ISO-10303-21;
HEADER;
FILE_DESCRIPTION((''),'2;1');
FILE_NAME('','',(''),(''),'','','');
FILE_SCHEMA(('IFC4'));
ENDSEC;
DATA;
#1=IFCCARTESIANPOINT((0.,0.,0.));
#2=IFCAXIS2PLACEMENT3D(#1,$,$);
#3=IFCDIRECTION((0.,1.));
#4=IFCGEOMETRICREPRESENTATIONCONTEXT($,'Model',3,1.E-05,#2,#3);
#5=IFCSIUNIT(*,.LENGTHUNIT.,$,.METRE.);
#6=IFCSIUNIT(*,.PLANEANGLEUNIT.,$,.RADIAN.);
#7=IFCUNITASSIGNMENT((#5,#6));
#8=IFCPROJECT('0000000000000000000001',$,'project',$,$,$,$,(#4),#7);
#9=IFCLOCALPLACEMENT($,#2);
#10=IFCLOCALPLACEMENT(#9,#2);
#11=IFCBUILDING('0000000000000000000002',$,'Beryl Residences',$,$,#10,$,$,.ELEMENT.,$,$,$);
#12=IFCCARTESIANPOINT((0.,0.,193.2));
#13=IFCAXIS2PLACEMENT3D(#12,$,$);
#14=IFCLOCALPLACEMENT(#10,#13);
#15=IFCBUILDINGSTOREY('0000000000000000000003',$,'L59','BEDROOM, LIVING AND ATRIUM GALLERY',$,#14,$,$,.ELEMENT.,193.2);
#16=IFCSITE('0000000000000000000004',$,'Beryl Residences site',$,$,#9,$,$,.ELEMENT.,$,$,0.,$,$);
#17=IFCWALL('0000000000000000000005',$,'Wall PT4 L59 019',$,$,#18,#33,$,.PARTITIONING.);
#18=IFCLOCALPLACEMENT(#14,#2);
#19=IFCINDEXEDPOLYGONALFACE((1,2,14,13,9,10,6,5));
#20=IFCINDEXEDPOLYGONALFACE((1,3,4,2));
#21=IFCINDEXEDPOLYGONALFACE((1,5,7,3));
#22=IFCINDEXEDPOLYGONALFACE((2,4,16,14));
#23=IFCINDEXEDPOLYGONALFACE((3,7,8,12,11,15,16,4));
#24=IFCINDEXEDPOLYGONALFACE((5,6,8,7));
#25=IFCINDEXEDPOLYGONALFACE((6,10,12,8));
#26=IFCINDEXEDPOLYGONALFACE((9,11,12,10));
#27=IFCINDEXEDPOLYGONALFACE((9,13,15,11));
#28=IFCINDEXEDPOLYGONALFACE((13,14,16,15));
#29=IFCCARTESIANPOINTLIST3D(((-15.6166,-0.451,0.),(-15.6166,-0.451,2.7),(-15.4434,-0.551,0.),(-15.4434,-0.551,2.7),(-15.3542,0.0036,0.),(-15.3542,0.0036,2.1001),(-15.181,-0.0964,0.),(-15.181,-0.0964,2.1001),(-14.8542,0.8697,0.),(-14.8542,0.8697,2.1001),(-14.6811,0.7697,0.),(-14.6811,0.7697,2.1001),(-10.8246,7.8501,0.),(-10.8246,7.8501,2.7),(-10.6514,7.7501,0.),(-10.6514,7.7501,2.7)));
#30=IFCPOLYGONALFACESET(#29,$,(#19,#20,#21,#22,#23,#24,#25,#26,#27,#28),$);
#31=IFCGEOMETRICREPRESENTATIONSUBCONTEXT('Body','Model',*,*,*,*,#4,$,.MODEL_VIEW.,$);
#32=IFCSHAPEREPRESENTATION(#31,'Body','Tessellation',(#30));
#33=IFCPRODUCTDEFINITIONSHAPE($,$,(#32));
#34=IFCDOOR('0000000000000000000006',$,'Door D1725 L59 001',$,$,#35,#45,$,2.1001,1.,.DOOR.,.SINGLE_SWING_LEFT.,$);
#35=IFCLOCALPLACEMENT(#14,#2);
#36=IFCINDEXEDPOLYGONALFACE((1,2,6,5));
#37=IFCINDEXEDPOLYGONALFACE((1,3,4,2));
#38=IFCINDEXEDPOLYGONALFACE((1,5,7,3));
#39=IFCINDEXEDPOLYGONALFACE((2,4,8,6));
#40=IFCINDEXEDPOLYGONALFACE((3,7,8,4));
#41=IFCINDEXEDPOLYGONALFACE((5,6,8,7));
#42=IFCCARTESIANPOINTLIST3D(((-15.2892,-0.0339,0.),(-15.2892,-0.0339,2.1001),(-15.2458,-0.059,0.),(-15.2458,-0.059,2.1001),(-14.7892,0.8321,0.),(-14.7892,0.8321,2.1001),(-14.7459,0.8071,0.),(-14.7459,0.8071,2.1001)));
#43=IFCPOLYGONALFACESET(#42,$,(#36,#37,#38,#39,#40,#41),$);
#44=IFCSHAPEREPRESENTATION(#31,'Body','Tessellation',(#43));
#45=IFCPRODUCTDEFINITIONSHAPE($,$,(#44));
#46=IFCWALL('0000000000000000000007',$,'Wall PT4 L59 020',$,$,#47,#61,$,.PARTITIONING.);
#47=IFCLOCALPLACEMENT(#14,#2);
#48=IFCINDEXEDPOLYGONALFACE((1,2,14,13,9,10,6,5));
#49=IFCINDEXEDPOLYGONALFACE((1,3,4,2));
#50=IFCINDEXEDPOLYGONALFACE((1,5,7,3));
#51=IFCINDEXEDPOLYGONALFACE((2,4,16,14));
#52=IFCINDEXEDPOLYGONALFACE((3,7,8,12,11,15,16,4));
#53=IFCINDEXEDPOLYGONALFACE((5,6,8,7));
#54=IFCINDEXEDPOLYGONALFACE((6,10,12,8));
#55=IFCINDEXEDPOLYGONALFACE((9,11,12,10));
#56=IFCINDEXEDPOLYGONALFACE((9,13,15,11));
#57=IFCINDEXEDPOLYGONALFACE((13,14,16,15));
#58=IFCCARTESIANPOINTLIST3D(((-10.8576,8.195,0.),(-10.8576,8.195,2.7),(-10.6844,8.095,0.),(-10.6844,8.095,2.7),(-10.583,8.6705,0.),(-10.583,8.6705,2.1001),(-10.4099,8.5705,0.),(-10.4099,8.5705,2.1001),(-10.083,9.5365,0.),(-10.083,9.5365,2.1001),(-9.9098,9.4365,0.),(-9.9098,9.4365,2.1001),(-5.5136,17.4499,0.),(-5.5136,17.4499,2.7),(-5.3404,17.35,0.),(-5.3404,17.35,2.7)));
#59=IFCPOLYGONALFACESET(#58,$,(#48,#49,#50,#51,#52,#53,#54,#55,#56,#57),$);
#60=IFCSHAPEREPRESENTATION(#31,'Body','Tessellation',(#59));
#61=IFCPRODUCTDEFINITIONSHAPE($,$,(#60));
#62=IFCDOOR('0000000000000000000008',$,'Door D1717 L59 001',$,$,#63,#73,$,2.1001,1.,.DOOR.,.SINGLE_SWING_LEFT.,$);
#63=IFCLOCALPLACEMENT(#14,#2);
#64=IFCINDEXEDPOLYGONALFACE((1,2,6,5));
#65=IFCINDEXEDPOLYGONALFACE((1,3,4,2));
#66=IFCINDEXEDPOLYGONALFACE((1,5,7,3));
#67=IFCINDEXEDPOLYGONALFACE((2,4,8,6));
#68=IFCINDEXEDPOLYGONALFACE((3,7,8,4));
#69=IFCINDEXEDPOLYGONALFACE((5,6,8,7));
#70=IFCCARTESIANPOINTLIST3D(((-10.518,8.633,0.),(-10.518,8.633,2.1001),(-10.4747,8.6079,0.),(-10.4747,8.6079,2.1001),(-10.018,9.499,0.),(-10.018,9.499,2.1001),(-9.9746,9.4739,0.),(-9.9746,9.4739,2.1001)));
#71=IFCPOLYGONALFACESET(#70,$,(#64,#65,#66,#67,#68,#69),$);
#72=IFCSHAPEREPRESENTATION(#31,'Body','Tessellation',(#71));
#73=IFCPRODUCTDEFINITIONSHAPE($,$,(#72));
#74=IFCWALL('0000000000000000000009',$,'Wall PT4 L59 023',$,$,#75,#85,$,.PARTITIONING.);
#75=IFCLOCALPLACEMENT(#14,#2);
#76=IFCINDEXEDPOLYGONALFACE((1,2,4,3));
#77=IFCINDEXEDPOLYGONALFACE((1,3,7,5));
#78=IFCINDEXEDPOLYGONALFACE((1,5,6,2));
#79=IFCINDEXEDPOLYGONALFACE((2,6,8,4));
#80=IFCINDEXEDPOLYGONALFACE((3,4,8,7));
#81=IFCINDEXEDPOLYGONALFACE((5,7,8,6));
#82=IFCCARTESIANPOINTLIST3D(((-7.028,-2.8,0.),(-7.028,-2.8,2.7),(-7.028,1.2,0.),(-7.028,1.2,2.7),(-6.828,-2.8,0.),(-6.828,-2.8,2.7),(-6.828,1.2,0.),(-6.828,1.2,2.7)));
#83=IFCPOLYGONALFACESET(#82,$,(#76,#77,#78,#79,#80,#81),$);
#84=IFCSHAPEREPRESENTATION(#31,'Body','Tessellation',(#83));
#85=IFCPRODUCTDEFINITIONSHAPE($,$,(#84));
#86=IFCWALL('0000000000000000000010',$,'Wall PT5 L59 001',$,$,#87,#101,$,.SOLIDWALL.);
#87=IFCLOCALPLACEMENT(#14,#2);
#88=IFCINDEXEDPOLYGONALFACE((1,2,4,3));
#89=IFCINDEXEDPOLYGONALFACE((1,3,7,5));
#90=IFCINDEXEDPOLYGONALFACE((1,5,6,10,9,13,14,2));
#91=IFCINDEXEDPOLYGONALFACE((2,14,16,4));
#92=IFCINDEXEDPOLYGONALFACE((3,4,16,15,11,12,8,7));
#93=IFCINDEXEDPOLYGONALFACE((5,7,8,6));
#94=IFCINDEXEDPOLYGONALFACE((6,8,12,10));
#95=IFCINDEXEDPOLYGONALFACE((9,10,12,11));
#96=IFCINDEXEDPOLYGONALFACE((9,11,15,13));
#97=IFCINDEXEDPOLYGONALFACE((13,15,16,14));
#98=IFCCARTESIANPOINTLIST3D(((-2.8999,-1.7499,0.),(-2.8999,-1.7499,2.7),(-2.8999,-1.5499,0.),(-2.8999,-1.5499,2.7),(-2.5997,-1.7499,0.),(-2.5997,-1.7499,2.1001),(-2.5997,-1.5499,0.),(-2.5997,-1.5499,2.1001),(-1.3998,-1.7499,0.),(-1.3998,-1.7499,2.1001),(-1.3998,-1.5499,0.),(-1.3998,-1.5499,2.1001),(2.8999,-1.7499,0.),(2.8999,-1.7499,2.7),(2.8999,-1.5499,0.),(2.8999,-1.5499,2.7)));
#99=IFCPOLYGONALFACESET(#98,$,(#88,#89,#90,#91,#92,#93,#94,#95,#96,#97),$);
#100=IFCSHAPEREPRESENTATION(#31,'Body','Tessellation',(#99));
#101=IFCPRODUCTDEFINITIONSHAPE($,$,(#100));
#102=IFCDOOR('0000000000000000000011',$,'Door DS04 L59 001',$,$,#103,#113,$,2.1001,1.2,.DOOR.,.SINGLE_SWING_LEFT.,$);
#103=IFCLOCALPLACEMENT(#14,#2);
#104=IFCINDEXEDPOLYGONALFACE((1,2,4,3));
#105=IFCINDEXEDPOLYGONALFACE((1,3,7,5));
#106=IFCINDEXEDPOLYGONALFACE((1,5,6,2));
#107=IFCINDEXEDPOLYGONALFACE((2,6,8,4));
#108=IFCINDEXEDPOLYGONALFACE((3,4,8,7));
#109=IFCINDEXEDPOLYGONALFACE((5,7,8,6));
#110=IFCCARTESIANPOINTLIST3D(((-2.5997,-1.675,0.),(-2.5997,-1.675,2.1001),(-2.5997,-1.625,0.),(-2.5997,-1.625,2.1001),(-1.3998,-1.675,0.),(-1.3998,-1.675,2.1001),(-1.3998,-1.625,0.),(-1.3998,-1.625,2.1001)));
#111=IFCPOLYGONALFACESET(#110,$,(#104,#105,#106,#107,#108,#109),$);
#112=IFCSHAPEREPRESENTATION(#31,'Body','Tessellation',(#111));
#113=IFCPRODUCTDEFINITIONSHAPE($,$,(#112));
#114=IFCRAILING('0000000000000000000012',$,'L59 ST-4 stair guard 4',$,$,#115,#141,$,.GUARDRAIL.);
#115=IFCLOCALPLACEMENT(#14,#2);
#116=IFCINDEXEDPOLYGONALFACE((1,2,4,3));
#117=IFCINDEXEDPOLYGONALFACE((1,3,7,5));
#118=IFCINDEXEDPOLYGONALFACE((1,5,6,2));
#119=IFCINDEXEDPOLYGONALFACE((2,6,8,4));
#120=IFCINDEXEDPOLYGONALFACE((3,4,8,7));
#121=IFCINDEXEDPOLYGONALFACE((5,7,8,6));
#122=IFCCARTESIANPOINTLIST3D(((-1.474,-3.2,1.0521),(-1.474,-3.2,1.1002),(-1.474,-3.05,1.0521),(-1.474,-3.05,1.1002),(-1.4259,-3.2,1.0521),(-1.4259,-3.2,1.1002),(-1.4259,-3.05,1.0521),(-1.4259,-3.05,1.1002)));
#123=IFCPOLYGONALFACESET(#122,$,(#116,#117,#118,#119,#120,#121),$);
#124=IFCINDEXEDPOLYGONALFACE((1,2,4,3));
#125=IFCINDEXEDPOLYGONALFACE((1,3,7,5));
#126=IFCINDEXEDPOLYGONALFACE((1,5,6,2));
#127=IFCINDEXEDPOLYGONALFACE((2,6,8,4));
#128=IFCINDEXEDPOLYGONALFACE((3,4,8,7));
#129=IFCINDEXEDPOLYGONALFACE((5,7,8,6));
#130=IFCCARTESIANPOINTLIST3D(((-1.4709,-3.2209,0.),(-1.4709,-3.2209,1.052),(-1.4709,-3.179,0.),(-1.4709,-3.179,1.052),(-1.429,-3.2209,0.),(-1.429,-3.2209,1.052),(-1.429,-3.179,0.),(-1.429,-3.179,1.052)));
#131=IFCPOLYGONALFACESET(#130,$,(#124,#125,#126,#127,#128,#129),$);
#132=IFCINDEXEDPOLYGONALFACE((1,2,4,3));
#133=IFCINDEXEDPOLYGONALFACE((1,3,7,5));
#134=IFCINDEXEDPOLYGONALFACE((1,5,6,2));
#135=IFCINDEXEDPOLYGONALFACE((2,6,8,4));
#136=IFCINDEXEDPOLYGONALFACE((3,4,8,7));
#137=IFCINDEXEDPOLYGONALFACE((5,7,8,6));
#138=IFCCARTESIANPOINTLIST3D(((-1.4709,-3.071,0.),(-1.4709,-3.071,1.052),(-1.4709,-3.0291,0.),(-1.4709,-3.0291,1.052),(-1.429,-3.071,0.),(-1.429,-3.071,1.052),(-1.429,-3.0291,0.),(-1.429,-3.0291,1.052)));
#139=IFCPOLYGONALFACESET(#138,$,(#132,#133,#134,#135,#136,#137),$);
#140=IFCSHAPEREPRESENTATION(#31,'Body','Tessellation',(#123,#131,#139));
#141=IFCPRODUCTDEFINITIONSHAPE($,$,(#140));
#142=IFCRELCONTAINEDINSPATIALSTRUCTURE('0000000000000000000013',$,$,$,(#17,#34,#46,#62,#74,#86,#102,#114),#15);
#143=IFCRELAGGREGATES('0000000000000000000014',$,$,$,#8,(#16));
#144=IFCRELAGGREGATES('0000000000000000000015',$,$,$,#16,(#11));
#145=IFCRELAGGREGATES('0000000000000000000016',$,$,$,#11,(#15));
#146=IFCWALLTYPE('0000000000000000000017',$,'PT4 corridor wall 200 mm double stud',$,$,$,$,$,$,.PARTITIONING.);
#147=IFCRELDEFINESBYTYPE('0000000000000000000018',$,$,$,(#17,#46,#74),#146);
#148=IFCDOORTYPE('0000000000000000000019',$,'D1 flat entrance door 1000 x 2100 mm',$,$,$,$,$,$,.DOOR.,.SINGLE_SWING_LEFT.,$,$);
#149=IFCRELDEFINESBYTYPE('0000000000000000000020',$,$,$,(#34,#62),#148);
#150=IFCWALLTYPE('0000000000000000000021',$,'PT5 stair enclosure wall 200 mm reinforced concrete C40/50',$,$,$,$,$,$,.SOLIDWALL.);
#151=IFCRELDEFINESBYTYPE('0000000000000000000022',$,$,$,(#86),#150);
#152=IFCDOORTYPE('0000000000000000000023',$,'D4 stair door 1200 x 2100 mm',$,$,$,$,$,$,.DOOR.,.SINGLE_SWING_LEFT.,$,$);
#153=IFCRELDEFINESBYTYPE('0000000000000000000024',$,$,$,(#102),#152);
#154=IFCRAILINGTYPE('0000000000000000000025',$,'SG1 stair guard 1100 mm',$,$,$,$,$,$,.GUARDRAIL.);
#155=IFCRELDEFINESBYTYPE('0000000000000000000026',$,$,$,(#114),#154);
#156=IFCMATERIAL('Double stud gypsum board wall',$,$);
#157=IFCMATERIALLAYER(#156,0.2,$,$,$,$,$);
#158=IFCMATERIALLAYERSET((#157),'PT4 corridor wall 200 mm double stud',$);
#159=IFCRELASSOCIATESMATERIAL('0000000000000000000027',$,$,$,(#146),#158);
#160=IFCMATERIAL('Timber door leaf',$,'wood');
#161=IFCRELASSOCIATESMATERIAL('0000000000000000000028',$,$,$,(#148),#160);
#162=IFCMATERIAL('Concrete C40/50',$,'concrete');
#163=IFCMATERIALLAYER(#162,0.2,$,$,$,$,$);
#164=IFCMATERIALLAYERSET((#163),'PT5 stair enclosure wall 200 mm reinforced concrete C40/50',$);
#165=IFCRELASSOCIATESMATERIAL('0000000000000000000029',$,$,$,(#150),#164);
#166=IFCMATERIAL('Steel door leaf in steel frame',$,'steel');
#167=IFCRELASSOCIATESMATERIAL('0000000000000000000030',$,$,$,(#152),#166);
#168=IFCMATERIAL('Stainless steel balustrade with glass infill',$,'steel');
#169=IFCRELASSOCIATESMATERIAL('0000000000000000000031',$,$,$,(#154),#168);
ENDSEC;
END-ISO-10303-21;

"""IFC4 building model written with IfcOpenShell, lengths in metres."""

from ifc_helpers import new_model, si_unit, direction, frame, frame_2d, origin, origin_2d, place, context, subcontext, project, spatial, rectangle, extrude, material, layer, layer_set, type_object, element, fill, save


model = new_model("IFC4")

# Units and contexts
model_context = context("Model", 3, precision=1e-05, world=origin(), true_north=direction((0.0, 1.0)))
body_context = subcontext(model_context, "Body", "Model", "MODEL_VIEW")
ifc_project = project(units=[si_unit("LENGTHUNIT", "METRE"), si_unit("PLANEANGLEUNIT", "RADIAN")], contexts=[model_context])

# Site, building, storey
site_placement = place(None, origin())
site = spatial("IfcSite", under=ifc_project, at=site_placement, Name="Beryl Residences site", CompositionType="ELEMENT", RefElevation=0.0)
building_placement = place(site_placement, origin())
building = spatial("IfcBuilding", under=site, at=building_placement, Name="Beryl Residences", CompositionType="ELEMENT")
storey_placement = place(building_placement, frame((0.0, 0.0, 193.2)))
storey = spatial("IfcBuildingStorey", under=building, at=storey_placement, Name="L59", Description="BEDROOM, LIVING AND ATRIUM GALLERY", CompositionType="ELEMENT", Elevation=193.2)

# Shared definitions
ifc_material_1 = material(Name="Double stud gypsum board wall")
ifc_layer_1 = layer(ifc_material_1, 0.2)
ifc_layer_set_1 = layer_set([ifc_layer_1], Name="PT4 corridor wall 200 mm double stud")
wall_type_1 = type_object("IfcWallType", Name="PT4 corridor wall 200 mm double stud", PredefinedType="PARTITIONING", material=ifc_layer_set_1)

# Walls, openings, doors
wall_1_placement = place(storey_placement, frame((-15.53, -0.501, 0.0), z_axis=(0.0, 0.0, 1.0), x_axis=(0.499952, 0.866053, 0.0)))
wall_1 = element("IfcWall", 1, at=wall_1_placement, inside=storey, type_object=wall_type_1, Name="Wall PT4 L59 019", PredefinedType="PARTITIONING", context=body_context, shape_type="SweptSolid", body=[
    extrude(rectangle(XDim=9.585, YDim=0.2, at=frame_2d((4.7925, 0.0))), origin(), (0.0, 0.0, 1.0), 2.7),
])
opening_1_placement = place(wall_1_placement, frame((0.5249, 0.0, 0.0)))
opening_1 = element("IfcOpeningElement", 2, at=opening_1_placement, cuts=wall_1, PredefinedType="OPENING", context=body_context, shape_type="SweptSolid", body=[
    extrude(rectangle(XDim=1.0, YDim=2.1001, at=frame_2d((0.5, 1.05))), frame((0.0, 0.1099, 0.0), z_axis=(0.0, -1.0, 0.0), x_axis=(1.0, 0.0, 0.0)), (0.0, 0.0, 1.0), 0.22),
])
ifc_material_2 = material(Name="Timber door leaf", Category="wood")
door_type_1 = type_object("IfcDoorType", Name="D1 flat entrance door 1000 x 2100 mm", OperationType="SINGLE_SWING_LEFT", PredefinedType="DOOR", material=ifc_material_2)
door_1_placement = place(opening_1_placement, origin())
door_1 = element("IfcDoor", 3, at=door_1_placement, inside=storey, type_object=door_type_1, Name="Door D1725 L59 001", OperationType="SINGLE_SWING_LEFT", OverallHeight=2.1001, OverallWidth=1.0, PredefinedType="DOOR", context=body_context, shape_type="SweptSolid", body=[
    extrude(rectangle(XDim=1.0, YDim=2.1001, at=frame_2d((0.5, 1.05))), frame((0.0, 0.0249, 0.0), z_axis=(0.0, -1.0, 0.0), x_axis=(1.0, 0.0, 0.0)), (0.0, 0.0, 1.0), 0.05),
])
fill(opening_1, door_1)
wall_2_placement = place(storey_placement, frame((-10.771, 8.145, 0.0), z_axis=(0.0, 0.0, 1.0), x_axis=(0.500048, 0.865998, 0.0)))
wall_2 = element("IfcWall", 4, at=wall_2_placement, inside=storey, type_object=wall_type_1, Name="Wall PT4 L59 020", PredefinedType="PARTITIONING", context=body_context, shape_type="SweptSolid", body=[
    extrude(rectangle(XDim=10.687, YDim=0.2, at=frame_2d((5.3435, 0.0))), origin(), (0.0, 0.0, 1.0), 2.7),
])
opening_2_placement = place(wall_2_placement, frame((0.5491, 0.0, 0.0)))
opening_2 = element("IfcOpeningElement", 5, at=opening_2_placement, cuts=wall_2, PredefinedType="OPENING", context=body_context, shape_type="SweptSolid", body=[
    extrude(rectangle(XDim=1.0, YDim=2.1001, at=frame_2d((0.5, 1.05))), frame((0.0, 0.1099, 0.0), z_axis=(0.0, -1.0, 0.0), x_axis=(1.0, 0.0, 0.0)), (0.0, 0.0, 1.0), 0.22),
])
door_2_placement = place(opening_2_placement, origin())
door_2 = element("IfcDoor", 6, at=door_2_placement, inside=storey, type_object=door_type_1, Name="Door D1717 L59 001", OperationType="SINGLE_SWING_LEFT", OverallHeight=2.1001, OverallWidth=1.0, PredefinedType="DOOR", context=body_context, shape_type="SweptSolid", body=[
    extrude(rectangle(XDim=1.0, YDim=2.1001, at=frame_2d((0.5, 1.05))), frame((0.0, 0.0249, 0.0), z_axis=(0.0, -1.0, 0.0), x_axis=(1.0, 0.0, 0.0)), (0.0, 0.0, 1.0), 0.05),
])
fill(opening_2, door_2)

# Wall
wall_3_placement = place(storey_placement, frame((-6.928, -2.8, 0.0), z_axis=(0.0, 0.0, 1.0), x_axis=(0.0, 1.0, 0.0)))
element("IfcWall", 7, at=wall_3_placement, inside=storey, type_object=wall_type_1, Name="Wall PT4 L59 023", PredefinedType="PARTITIONING", context=body_context, shape_type="SweptSolid", body=[
    extrude(rectangle(XDim=4.0, YDim=0.2, at=frame_2d((2.0, 0.0))), origin(), (0.0, 0.0, 1.0), 2.7),
])

# Wall, opening, door
ifc_material_3 = material(Name="Concrete C40/50", Category="concrete")
ifc_layer_2 = layer(ifc_material_3, 0.2)
ifc_layer_set_2 = layer_set([ifc_layer_2], Name="PT5 stair enclosure wall 200 mm reinforced concrete C40/50")
wall_type_2 = type_object("IfcWallType", Name="PT5 stair enclosure wall 200 mm reinforced concrete C40/50", PredefinedType="SOLIDWALL", material=ifc_layer_set_2)
wall_4_placement = place(storey_placement, frame((-2.8999, -1.6499, 0.0), z_axis=(0.0, 0.0, 1.0), x_axis=(1.0, 0.0, 0.0)))
wall_4 = element("IfcWall", 8, at=wall_4_placement, inside=storey, type_object=wall_type_2, Name="Wall PT5 L59 001", PredefinedType="SOLIDWALL", context=body_context, shape_type="SweptSolid", body=[
    extrude(rectangle(XDim=5.7998, YDim=0.2, at=frame_2d((2.8999, 0.0))), origin(), (0.0, 0.0, 1.0), 2.7),
])
opening_3_placement = place(wall_4_placement, frame((0.3, 0.0, 0.0)))
opening_3 = element("IfcOpeningElement", 9, at=opening_3_placement, cuts=wall_4, PredefinedType="OPENING", context=body_context, shape_type="SweptSolid", body=[
    extrude(rectangle(XDim=1.2, YDim=2.1001, at=frame_2d((0.6001, 1.05))), frame((0.0, 0.1099, 0.0), z_axis=(0.0, -1.0, 0.0), x_axis=(1.0, 0.0, 0.0)), (0.0, 0.0, 1.0), 0.22),
])
ifc_material_4 = material(Name="Steel door leaf in steel frame", Category="steel")
door_type_2 = type_object("IfcDoorType", Name="D4 stair door 1200 x 2100 mm", OperationType="SINGLE_SWING_LEFT", PredefinedType="DOOR", material=ifc_material_4)
door_3_placement = place(opening_3_placement, origin())
door_3 = element("IfcDoor", 10, at=door_3_placement, inside=storey, type_object=door_type_2, Name="Door DS04 L59 001", OperationType="SINGLE_SWING_LEFT", OverallHeight=2.1001, OverallWidth=1.2, PredefinedType="DOOR", context=body_context, shape_type="SweptSolid", body=[
    extrude(rectangle(XDim=1.2, YDim=2.1001, at=frame_2d((0.6001, 1.05))), frame((0.0, 0.0249, 0.0), z_axis=(0.0, -1.0, 0.0), x_axis=(1.0, 0.0, 0.0)), (0.0, 0.0, 1.0), 0.05),
])
fill(opening_3, door_3)

# Railing
ifc_material_5 = material(Name="Stainless steel balustrade with glass infill", Category="steel")
railing_type = type_object("IfcRailingType", Name="SG1 stair guard 1100 mm", PredefinedType="GUARDRAIL", material=ifc_material_5)
railing_placement = place(storey_placement, frame((-1.45, -3.2, 0.0)))
element("IfcRailing", 11, at=railing_placement, inside=storey, type_object=railing_type, Name="L59 ST-4 stair guard 4", PredefinedType="GUARDRAIL", context=body_context, shape_type="SweptSolid", body=[
    extrude(rectangle(XDim=0.0481, YDim=0.0481, at=origin_2d()), frame((0.0, 0.0, 1.0762), z_axis=(0.0, 1.0, 0.0), x_axis=(-1.0, 0.0, 0.0)), (0.0, 0.0, 1.0), 0.1499),
    extrude(rectangle(XDim=0.042, YDim=0.042, at=origin_2d()), origin(), (0.0, 0.0, 1.0), 1.052),
    extrude(rectangle(XDim=0.042, YDim=0.042, at=origin_2d()), frame((0.0, 0.1499, 0.0)), (0.0, 0.0, 1.0), 1.052),
])

save(model, "model.ifc")
